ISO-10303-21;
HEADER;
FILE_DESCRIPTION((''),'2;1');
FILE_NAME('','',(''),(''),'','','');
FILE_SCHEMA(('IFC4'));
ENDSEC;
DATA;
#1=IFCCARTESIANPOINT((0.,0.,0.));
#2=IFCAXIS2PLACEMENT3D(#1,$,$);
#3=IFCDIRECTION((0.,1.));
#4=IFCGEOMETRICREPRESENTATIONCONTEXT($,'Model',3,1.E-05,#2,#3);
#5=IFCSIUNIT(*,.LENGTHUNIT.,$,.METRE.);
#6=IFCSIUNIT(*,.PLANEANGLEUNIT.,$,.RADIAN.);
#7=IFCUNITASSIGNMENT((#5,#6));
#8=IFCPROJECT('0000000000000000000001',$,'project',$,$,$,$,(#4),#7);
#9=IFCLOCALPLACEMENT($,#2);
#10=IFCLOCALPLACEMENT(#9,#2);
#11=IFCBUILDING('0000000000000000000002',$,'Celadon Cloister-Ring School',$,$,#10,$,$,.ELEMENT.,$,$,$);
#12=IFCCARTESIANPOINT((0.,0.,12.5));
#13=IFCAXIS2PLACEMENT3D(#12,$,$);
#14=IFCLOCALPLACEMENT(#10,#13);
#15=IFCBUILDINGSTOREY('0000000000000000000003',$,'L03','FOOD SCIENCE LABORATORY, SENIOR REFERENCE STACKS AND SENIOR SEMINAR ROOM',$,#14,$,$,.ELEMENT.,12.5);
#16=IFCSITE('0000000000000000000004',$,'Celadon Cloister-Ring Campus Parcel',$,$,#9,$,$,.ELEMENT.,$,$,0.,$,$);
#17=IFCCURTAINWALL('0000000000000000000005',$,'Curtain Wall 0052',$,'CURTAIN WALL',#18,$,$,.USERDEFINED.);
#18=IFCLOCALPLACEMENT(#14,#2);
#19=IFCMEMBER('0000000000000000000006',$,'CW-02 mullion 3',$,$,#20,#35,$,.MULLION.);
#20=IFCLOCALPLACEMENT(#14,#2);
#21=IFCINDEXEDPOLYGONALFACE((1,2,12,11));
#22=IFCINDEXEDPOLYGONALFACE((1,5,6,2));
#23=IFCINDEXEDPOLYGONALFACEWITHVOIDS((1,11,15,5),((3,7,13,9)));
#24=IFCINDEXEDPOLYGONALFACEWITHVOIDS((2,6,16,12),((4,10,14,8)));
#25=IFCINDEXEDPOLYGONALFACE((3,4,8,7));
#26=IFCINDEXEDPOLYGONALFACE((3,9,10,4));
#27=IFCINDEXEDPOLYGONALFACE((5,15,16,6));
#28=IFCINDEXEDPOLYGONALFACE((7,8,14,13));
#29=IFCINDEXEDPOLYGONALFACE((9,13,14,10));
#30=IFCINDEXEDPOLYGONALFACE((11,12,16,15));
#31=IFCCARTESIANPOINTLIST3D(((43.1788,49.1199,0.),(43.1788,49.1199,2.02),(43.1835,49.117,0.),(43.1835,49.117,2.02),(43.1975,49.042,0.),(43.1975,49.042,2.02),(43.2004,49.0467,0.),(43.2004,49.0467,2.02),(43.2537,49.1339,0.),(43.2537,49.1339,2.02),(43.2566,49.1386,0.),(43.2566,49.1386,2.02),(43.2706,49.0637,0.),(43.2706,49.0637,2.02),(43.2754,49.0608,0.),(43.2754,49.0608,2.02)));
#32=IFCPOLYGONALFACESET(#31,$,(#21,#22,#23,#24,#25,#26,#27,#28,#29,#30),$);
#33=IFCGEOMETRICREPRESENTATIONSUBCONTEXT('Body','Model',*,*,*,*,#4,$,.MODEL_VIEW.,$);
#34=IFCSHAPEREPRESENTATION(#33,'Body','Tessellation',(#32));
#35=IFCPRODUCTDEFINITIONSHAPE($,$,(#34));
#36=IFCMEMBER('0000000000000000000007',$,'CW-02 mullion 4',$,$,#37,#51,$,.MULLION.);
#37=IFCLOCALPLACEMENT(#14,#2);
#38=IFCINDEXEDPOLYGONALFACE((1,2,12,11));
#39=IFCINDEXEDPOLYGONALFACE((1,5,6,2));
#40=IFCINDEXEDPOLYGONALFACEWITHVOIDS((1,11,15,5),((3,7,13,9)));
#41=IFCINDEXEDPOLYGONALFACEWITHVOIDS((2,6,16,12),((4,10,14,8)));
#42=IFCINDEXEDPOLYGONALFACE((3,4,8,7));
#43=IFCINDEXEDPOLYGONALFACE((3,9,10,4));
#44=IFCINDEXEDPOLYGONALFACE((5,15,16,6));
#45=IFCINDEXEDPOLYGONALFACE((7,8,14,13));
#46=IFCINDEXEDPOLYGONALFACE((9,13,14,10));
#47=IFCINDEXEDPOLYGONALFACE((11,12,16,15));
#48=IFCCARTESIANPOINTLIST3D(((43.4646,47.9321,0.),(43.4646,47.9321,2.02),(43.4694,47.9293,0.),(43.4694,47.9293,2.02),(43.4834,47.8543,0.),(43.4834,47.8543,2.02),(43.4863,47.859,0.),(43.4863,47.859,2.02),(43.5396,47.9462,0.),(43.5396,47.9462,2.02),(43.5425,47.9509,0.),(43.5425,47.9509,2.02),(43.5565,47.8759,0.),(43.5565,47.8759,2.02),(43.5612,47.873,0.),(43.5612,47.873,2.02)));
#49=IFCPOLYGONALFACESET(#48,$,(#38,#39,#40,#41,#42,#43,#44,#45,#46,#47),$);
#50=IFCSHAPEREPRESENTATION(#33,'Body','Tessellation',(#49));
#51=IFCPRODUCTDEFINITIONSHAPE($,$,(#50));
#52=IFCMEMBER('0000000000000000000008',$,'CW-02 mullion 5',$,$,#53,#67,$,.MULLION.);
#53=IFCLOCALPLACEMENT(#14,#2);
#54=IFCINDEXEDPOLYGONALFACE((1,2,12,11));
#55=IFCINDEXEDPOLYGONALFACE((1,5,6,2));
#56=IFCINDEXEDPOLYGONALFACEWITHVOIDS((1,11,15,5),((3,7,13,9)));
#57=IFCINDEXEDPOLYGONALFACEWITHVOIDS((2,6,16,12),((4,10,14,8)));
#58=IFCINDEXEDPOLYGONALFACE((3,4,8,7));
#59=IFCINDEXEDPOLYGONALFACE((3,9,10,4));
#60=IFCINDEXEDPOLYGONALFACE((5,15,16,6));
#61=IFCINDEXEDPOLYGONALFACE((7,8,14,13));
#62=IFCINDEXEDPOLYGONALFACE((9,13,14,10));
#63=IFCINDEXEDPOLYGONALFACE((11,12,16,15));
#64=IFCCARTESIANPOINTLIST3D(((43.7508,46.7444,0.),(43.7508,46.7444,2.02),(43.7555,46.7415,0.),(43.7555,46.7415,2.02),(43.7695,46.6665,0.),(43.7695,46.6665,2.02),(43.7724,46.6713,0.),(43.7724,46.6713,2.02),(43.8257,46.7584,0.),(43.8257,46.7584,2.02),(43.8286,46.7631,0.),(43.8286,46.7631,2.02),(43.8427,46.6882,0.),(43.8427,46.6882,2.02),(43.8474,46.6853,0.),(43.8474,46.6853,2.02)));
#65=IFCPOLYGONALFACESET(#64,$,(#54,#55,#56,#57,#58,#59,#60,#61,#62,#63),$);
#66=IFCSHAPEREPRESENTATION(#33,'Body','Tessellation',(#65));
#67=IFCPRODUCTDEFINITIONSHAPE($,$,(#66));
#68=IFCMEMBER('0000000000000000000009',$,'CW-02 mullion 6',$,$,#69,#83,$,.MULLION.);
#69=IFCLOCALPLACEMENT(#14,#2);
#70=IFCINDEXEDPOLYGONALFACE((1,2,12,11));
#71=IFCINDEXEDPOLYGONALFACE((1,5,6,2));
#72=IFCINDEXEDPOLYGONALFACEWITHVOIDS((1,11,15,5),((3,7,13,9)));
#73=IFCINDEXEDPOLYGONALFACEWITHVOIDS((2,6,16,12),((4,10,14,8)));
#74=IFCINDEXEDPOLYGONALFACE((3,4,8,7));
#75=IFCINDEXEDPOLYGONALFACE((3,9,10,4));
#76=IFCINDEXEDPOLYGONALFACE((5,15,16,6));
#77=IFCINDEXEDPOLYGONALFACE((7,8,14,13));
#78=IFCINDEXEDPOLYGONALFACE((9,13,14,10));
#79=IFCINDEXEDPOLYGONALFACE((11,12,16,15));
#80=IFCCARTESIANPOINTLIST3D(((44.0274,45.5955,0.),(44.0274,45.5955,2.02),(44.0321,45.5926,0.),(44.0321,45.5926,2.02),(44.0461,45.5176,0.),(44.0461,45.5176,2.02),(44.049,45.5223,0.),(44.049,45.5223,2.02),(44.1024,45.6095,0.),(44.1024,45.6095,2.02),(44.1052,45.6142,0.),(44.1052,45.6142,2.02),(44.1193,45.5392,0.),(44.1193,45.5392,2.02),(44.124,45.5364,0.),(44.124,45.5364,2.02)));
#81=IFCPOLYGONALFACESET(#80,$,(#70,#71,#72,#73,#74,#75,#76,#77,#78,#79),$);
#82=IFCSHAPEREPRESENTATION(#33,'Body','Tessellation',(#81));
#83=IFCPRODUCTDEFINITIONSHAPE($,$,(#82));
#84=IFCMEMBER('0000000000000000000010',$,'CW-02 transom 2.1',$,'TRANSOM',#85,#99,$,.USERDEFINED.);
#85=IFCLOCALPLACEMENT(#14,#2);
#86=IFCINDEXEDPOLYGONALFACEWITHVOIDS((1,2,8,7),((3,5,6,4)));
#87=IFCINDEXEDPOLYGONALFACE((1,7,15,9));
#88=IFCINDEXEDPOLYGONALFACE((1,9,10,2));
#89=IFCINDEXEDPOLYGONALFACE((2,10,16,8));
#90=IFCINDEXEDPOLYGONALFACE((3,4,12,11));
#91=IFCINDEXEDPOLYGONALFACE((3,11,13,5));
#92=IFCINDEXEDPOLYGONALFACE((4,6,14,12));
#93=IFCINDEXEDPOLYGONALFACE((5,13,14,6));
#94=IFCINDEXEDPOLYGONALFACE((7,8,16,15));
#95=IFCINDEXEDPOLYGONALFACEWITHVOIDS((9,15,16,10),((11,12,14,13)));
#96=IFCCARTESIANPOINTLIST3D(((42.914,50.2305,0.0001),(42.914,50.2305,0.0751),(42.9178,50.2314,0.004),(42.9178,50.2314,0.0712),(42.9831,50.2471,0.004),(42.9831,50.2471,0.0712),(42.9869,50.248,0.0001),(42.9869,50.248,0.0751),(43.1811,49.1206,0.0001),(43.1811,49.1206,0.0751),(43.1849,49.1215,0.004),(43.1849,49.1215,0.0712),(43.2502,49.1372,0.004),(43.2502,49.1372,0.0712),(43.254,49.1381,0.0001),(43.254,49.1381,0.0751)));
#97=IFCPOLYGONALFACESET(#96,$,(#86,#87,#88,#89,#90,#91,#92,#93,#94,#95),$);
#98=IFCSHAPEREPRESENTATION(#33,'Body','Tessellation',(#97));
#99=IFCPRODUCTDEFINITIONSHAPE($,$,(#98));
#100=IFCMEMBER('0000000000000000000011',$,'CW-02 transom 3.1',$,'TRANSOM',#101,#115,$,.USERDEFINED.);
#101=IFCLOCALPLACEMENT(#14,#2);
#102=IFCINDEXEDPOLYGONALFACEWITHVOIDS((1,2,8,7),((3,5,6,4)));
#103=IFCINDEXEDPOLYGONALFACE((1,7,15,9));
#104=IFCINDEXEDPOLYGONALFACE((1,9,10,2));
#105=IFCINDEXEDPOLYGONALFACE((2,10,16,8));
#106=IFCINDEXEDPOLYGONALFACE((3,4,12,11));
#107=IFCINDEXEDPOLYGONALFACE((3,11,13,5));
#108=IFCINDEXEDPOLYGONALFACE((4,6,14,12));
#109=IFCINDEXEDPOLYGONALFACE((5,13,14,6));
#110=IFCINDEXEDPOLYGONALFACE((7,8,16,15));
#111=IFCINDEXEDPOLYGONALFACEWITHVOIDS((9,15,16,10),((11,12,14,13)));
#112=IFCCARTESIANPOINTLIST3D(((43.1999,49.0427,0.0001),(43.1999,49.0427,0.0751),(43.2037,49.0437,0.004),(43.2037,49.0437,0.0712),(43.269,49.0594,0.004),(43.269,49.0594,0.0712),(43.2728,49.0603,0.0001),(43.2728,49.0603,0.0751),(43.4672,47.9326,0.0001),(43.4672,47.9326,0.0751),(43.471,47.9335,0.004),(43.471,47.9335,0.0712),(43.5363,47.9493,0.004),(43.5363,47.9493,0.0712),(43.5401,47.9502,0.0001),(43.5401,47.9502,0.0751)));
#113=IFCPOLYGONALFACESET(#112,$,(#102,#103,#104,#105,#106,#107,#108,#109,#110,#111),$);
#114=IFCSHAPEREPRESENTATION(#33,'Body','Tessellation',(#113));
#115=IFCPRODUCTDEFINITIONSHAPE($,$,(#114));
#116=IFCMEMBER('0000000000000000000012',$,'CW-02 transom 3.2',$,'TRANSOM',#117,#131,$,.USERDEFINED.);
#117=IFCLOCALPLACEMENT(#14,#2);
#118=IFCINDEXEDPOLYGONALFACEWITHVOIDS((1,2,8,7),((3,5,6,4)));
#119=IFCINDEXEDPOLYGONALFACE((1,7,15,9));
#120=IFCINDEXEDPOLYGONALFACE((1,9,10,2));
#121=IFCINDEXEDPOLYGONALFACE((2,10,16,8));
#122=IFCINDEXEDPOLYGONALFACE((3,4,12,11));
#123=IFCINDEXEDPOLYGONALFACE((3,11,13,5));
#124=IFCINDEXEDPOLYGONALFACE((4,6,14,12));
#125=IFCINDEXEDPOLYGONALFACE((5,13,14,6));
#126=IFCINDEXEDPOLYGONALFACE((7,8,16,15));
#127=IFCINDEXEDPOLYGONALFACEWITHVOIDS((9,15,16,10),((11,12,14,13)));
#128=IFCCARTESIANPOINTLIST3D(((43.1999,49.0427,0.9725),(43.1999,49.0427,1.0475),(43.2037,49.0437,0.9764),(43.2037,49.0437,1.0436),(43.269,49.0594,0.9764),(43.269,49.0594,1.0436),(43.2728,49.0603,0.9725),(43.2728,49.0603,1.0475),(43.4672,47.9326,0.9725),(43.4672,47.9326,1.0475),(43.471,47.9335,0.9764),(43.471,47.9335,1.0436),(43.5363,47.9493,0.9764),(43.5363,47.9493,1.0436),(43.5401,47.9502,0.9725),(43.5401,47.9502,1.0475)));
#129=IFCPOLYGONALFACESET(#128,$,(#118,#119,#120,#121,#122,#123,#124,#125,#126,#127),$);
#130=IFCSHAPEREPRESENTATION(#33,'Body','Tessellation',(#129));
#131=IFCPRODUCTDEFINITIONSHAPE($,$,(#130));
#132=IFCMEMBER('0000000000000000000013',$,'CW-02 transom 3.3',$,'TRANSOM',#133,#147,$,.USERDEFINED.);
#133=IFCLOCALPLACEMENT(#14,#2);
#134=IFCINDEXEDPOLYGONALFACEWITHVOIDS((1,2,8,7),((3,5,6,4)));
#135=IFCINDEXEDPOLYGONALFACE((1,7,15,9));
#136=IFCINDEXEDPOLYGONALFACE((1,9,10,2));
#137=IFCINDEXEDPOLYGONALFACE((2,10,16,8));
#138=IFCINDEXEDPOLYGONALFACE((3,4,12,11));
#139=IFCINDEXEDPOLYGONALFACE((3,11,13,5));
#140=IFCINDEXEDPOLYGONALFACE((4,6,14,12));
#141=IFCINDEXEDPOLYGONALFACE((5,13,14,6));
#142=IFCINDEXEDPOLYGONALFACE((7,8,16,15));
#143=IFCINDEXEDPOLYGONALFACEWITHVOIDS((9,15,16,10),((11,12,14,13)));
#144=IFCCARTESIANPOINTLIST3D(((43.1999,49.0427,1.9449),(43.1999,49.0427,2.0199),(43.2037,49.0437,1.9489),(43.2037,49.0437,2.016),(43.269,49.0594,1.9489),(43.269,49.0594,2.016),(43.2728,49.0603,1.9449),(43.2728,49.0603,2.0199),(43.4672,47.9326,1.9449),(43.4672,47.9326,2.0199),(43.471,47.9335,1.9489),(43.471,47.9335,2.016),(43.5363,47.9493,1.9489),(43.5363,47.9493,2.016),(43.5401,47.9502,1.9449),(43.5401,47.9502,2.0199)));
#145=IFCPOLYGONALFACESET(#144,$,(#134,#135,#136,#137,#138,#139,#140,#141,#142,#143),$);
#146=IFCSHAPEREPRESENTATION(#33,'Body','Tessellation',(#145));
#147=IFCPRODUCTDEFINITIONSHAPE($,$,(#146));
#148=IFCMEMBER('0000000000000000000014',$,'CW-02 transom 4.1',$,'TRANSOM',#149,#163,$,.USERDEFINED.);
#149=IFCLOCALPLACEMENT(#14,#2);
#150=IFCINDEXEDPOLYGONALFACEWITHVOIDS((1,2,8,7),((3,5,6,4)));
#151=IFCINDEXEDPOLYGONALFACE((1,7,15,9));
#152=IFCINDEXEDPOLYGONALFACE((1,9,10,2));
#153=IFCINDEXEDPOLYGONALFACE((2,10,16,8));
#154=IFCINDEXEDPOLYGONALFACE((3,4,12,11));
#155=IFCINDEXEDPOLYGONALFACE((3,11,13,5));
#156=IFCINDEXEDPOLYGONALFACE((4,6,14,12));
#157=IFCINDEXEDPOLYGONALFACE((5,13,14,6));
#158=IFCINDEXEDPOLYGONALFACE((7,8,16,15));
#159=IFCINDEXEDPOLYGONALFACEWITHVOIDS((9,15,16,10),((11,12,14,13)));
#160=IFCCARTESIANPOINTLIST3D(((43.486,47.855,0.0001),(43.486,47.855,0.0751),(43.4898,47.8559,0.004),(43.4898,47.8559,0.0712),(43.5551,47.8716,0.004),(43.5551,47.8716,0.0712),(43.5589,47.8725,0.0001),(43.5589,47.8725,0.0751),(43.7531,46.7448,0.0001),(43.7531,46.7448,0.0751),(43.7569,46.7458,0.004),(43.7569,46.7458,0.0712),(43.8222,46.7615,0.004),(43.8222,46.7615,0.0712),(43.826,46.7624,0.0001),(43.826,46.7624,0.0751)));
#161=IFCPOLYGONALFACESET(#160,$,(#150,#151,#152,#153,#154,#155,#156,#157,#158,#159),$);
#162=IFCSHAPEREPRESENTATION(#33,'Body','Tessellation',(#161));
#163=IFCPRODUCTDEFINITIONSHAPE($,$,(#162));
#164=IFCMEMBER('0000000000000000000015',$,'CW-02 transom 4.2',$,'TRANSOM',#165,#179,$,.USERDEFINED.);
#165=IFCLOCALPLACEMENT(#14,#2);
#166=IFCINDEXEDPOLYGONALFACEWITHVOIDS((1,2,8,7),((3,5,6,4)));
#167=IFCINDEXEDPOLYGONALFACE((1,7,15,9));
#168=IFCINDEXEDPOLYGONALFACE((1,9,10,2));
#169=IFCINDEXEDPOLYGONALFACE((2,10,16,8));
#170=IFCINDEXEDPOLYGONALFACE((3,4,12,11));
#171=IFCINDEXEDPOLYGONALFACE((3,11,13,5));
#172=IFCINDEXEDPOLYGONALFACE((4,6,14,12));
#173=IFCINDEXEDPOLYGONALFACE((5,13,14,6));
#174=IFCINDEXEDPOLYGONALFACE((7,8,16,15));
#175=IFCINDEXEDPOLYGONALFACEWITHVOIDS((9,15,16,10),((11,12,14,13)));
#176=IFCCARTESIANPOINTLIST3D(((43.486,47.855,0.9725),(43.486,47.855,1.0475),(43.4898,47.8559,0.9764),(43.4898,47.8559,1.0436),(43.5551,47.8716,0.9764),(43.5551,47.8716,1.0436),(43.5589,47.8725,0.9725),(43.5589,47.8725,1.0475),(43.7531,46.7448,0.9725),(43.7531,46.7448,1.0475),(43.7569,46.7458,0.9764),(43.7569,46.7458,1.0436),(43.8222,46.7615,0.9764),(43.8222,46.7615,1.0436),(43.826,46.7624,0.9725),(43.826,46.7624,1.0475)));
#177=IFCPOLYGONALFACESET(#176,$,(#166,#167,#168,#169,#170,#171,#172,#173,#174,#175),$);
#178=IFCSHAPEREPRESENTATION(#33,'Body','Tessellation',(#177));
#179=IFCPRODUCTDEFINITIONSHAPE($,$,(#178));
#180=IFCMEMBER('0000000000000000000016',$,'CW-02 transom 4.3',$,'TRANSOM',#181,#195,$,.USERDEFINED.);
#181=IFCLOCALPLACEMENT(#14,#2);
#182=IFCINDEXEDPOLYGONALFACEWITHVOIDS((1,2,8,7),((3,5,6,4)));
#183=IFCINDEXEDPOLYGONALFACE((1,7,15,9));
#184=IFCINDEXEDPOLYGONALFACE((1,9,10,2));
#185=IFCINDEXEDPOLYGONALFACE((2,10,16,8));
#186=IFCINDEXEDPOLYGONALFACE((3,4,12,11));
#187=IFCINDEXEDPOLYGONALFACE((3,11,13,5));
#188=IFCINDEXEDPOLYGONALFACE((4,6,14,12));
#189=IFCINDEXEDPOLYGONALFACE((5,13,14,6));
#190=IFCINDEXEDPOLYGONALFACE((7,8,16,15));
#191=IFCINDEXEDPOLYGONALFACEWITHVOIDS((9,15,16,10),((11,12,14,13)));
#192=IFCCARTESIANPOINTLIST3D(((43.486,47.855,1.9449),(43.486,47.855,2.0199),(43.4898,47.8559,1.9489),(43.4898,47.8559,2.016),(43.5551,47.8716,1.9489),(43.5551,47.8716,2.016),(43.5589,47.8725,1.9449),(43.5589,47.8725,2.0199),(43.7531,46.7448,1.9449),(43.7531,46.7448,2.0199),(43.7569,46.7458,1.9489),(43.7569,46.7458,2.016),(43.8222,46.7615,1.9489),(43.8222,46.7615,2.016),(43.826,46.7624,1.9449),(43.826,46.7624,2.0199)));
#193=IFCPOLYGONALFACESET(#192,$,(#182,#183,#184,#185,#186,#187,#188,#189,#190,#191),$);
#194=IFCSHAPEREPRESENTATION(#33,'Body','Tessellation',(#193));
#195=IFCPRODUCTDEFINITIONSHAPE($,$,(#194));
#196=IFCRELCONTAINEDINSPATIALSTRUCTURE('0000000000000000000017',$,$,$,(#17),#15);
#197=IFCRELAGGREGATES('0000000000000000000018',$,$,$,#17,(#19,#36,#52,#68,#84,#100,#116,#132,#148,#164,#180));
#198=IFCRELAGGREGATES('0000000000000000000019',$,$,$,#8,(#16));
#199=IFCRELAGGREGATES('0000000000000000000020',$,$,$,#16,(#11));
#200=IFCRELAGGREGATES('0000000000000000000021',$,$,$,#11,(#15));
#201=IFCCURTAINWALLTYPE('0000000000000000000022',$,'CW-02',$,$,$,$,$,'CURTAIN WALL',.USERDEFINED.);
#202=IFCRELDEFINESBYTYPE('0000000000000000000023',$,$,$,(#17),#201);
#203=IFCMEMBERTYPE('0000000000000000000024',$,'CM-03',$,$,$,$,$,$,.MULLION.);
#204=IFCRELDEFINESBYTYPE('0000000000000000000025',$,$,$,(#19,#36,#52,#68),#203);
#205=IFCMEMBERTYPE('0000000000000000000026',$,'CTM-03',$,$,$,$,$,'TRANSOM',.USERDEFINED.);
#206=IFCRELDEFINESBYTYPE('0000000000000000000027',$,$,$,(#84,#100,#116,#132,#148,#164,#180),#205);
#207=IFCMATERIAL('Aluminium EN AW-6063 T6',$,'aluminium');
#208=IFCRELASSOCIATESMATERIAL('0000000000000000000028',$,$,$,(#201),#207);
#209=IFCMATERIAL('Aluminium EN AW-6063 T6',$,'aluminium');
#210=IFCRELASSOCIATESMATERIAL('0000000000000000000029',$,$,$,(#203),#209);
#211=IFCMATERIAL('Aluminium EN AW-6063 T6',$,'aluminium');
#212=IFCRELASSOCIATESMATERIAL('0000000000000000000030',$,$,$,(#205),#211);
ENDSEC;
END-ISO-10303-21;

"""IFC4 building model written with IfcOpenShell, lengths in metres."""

from ifc_helpers import new_model, si_unit, direction, frame, origin, origin_2d, place, context, subcontext, project, spatial, hollow_rectangle, extrude, material, material_profile, profile_set, type_object, element, aggregate, save


model = new_model("IFC4")

# Units and contexts
model_context = context("Model", 3, precision=1e-05, world=origin(), true_north=direction((0.0, 1.0)))
body_context = subcontext(model_context, "Body", "Model", "MODEL_VIEW")
ifc_project = project(units=[si_unit("LENGTHUNIT", "METRE"), si_unit("PLANEANGLEUNIT", "RADIAN")], contexts=[model_context])

# Site, building, storey
site_placement = place(None, origin())
site = spatial("IfcSite", under=ifc_project, at=site_placement, Name="Celadon Cloister-Ring Campus Parcel", CompositionType="ELEMENT", RefElevation=0.0)
building_placement = place(site_placement, origin())
building = spatial("IfcBuilding", under=site, at=building_placement, Name="Celadon Cloister-Ring School", CompositionType="ELEMENT")
storey_placement = place(building_placement, frame((0.0, 0.0, 12.5)))
storey = spatial("IfcBuildingStorey", under=building, at=storey_placement, Name="L03", Description="FOOD SCIENCE LABORATORY, SENIOR REFERENCE STACKS AND SENIOR SEMINAR ROOM", CompositionType="ELEMENT", Elevation=12.5)

# Curtain wall, members
ifc_material_1 = material(Name="Aluminium EN AW-6063 T6", Category="aluminium")
curtain_wall_type = type_object("IfcCurtainWallType", Name="CW-02", ElementType="CURTAIN WALL", PredefinedType="USERDEFINED", material=ifc_material_1)
curtain_wall_placement = place(storey_placement, origin())
curtain_wall = element("IfcCurtainWall", 1, at=curtain_wall_placement, inside=storey, type_object=curtain_wall_type, Name="Curtain Wall 0052", ObjectType="CURTAIN WALL", PredefinedType="USERDEFINED")
ifc_material_2 = material(Name="Aluminium EN AW-6063 T6", Category="aluminium")
ifc_material_profile_1 = material_profile(ifc_material_2, hollow_rectangle(XDim=0.0801, YDim=0.0801, WallThickness=0.0039, at=origin_2d()), Name="RHS80X80X4")
ifc_profile_set_1 = profile_set([ifc_material_profile_1], Name="Aluminium EN AW-6063 T6")
member_type_1 = type_object("IfcMemberType", Name="CM-03", PredefinedType="MULLION", material=ifc_profile_set_1)
member_1_placement = place(storey_placement, frame((43.2271, 49.0903, 0.0), z_axis=(0.0, 0.0, 1.0), x_axis=(0.972215, 0.234091, 0.0)))
member_1 = element("IfcMember", 2, at=member_1_placement, type_object=member_type_1, Name="CW-02 mullion 3", PredefinedType="MULLION", context=body_context, shape_type="SweptSolid", body=[
    extrude(hollow_rectangle(XDim=0.0801, YDim=0.0801, WallThickness=0.0039, at=origin_2d()), origin(), (0.0, 0.0, 1.0), 2.02),
])
member_2_placement = place(storey_placement, frame((43.5129, 47.9026, 0.0), z_axis=(0.0, 0.0, 1.0), x_axis=(0.972215, 0.234091, 0.0)))
member_2 = element("IfcMember", 3, at=member_2_placement, type_object=member_type_1, Name="CW-02 mullion 4", PredefinedType="MULLION", context=body_context, shape_type="SweptSolid", body=[
    extrude(hollow_rectangle(XDim=0.0801, YDim=0.0801, WallThickness=0.0039, at=origin_2d()), origin(), (0.0, 0.0, 1.0), 2.02),
])
member_3_placement = place(storey_placement, frame((43.7991, 46.7148, 0.0), z_axis=(0.0, 0.0, 1.0), x_axis=(0.972215, 0.234091, 0.0)))
member_3 = element("IfcMember", 4, at=member_3_placement, type_object=member_type_1, Name="CW-02 mullion 5", PredefinedType="MULLION", context=body_context, shape_type="SweptSolid", body=[
    extrude(hollow_rectangle(XDim=0.0801, YDim=0.0801, WallThickness=0.0039, at=origin_2d()), origin(), (0.0, 0.0, 1.0), 2.02),
])
member_4_placement = place(storey_placement, frame((44.0757, 45.5659, 0.0), z_axis=(0.0, 0.0, 1.0), x_axis=(0.972215, 0.234091, 0.0)))
member_4 = element("IfcMember", 5, at=member_4_placement, type_object=member_type_1, Name="CW-02 mullion 6", PredefinedType="MULLION", context=body_context, shape_type="SweptSolid", body=[
    extrude(hollow_rectangle(XDim=0.0801, YDim=0.0801, WallThickness=0.0039, at=origin_2d()), origin(), (0.0, 0.0, 1.0), 2.02),
])
ifc_material_3 = material(Name="Aluminium EN AW-6063 T6", Category="aluminium")
ifc_material_profile_2 = material_profile(ifc_material_3, hollow_rectangle(XDim=0.075, YDim=0.075, WallThickness=0.0039, at=origin_2d()), Name="RHS75X75X4")
ifc_profile_set_2 = profile_set([ifc_material_profile_2], Name="Aluminium EN AW-6063 T6")
member_type_2 = type_object("IfcMemberType", Name="CTM-03", ElementType="TRANSOM", PredefinedType="USERDEFINED", material=ifc_profile_set_2)
member_5_placement = place(storey_placement, frame((42.9504, 50.2393, 0.0376), z_axis=(0.233971, -0.972243, 0.0), x_axis=(0.972243, 0.233971, 0.0)))
member_5 = element("IfcMember", 6, at=member_5_placement, type_object=member_type_2, Name="CW-02 transom 2.1", ObjectType="TRANSOM", PredefinedType="USERDEFINED", context=body_context, shape_type="SweptSolid", body=[
    extrude(hollow_rectangle(XDim=0.075, YDim=0.075, WallThickness=0.0039, at=origin_2d()), origin(), (0.0, 0.0, 1.0), 1.1416),
])
member_6_placement = place(storey_placement, frame((43.2363, 49.0515, 0.0376), z_axis=(0.234125, -0.972207, 0.0), x_axis=(0.972207, 0.234125, 0.0)))
member_6 = element("IfcMember", 7, at=member_6_placement, type_object=member_type_2, Name="CW-02 transom 3.1", ObjectType="TRANSOM", PredefinedType="USERDEFINED", context=body_context, shape_type="SweptSolid", body=[
    extrude(hollow_rectangle(XDim=0.075, YDim=0.075, WallThickness=0.0039, at=origin_2d()), origin(), (0.0, 0.0, 1.0), 1.1418),
])
member_7_placement = place(storey_placement, frame((43.2363, 49.0515, 1.01), z_axis=(0.234125, -0.972207, 0.0), x_axis=(0.972207, 0.234125, 0.0)))
member_7 = element("IfcMember", 8, at=member_7_placement, type_object=member_type_2, Name="CW-02 transom 3.2", ObjectType="TRANSOM", PredefinedType="USERDEFINED", context=body_context, shape_type="SweptSolid", body=[
    extrude(hollow_rectangle(XDim=0.075, YDim=0.075, WallThickness=0.0039, at=origin_2d()), origin(), (0.0, 0.0, 1.0), 1.1418),
])
member_8_placement = place(storey_placement, frame((43.2363, 49.0515, 1.9824), z_axis=(0.234125, -0.972207, 0.0), x_axis=(0.972207, 0.234125, 0.0)))
member_8 = element("IfcMember", 9, at=member_8_placement, type_object=member_type_2, Name="CW-02 transom 3.3", ObjectType="TRANSOM", PredefinedType="USERDEFINED", context=body_context, shape_type="SweptSolid", body=[
    extrude(hollow_rectangle(XDim=0.075, YDim=0.075, WallThickness=0.0039, at=origin_2d()), origin(), (0.0, 0.0, 1.0), 1.1418),
])
member_9_placement = place(storey_placement, frame((43.5225, 47.8638, 0.0376), z_axis=(0.233923, -0.972255, 0.0), x_axis=(0.972255, 0.233923, 0.0)))
member_9 = element("IfcMember", 10, at=member_9_placement, type_object=member_type_2, Name="CW-02 transom 4.1", ObjectType="TRANSOM", PredefinedType="USERDEFINED", context=body_context, shape_type="SweptSolid", body=[
    extrude(hollow_rectangle(XDim=0.075, YDim=0.075, WallThickness=0.0039, at=origin_2d()), origin(), (0.0, 0.0, 1.0), 1.1418),
])
member_10_placement = place(storey_placement, frame((43.5225, 47.8638, 1.01), z_axis=(0.233923, -0.972255, 0.0), x_axis=(0.972255, 0.233923, 0.0)))
member_10 = element("IfcMember", 11, at=member_10_placement, type_object=member_type_2, Name="CW-02 transom 4.2", ObjectType="TRANSOM", PredefinedType="USERDEFINED", context=body_context, shape_type="SweptSolid", body=[
    extrude(hollow_rectangle(XDim=0.075, YDim=0.075, WallThickness=0.0039, at=origin_2d()), origin(), (0.0, 0.0, 1.0), 1.1418),
])
member_11_placement = place(storey_placement, frame((43.5225, 47.8638, 1.9824), z_axis=(0.233923, -0.972255, 0.0), x_axis=(0.972255, 0.233923, 0.0)))
member_11 = element("IfcMember", 12, at=member_11_placement, type_object=member_type_2, Name="CW-02 transom 4.3", ObjectType="TRANSOM", PredefinedType="USERDEFINED", context=body_context, shape_type="SweptSolid", body=[
    extrude(hollow_rectangle(XDim=0.075, YDim=0.075, WallThickness=0.0039, at=origin_2d()), origin(), (0.0, 0.0, 1.0), 1.1418),
])

aggregate(curtain_wall, [member_1, member_2, member_3, member_4, member_5, member_6, member_7, member_8, member_9, member_10, member_11])

save(model, "model.ifc")
